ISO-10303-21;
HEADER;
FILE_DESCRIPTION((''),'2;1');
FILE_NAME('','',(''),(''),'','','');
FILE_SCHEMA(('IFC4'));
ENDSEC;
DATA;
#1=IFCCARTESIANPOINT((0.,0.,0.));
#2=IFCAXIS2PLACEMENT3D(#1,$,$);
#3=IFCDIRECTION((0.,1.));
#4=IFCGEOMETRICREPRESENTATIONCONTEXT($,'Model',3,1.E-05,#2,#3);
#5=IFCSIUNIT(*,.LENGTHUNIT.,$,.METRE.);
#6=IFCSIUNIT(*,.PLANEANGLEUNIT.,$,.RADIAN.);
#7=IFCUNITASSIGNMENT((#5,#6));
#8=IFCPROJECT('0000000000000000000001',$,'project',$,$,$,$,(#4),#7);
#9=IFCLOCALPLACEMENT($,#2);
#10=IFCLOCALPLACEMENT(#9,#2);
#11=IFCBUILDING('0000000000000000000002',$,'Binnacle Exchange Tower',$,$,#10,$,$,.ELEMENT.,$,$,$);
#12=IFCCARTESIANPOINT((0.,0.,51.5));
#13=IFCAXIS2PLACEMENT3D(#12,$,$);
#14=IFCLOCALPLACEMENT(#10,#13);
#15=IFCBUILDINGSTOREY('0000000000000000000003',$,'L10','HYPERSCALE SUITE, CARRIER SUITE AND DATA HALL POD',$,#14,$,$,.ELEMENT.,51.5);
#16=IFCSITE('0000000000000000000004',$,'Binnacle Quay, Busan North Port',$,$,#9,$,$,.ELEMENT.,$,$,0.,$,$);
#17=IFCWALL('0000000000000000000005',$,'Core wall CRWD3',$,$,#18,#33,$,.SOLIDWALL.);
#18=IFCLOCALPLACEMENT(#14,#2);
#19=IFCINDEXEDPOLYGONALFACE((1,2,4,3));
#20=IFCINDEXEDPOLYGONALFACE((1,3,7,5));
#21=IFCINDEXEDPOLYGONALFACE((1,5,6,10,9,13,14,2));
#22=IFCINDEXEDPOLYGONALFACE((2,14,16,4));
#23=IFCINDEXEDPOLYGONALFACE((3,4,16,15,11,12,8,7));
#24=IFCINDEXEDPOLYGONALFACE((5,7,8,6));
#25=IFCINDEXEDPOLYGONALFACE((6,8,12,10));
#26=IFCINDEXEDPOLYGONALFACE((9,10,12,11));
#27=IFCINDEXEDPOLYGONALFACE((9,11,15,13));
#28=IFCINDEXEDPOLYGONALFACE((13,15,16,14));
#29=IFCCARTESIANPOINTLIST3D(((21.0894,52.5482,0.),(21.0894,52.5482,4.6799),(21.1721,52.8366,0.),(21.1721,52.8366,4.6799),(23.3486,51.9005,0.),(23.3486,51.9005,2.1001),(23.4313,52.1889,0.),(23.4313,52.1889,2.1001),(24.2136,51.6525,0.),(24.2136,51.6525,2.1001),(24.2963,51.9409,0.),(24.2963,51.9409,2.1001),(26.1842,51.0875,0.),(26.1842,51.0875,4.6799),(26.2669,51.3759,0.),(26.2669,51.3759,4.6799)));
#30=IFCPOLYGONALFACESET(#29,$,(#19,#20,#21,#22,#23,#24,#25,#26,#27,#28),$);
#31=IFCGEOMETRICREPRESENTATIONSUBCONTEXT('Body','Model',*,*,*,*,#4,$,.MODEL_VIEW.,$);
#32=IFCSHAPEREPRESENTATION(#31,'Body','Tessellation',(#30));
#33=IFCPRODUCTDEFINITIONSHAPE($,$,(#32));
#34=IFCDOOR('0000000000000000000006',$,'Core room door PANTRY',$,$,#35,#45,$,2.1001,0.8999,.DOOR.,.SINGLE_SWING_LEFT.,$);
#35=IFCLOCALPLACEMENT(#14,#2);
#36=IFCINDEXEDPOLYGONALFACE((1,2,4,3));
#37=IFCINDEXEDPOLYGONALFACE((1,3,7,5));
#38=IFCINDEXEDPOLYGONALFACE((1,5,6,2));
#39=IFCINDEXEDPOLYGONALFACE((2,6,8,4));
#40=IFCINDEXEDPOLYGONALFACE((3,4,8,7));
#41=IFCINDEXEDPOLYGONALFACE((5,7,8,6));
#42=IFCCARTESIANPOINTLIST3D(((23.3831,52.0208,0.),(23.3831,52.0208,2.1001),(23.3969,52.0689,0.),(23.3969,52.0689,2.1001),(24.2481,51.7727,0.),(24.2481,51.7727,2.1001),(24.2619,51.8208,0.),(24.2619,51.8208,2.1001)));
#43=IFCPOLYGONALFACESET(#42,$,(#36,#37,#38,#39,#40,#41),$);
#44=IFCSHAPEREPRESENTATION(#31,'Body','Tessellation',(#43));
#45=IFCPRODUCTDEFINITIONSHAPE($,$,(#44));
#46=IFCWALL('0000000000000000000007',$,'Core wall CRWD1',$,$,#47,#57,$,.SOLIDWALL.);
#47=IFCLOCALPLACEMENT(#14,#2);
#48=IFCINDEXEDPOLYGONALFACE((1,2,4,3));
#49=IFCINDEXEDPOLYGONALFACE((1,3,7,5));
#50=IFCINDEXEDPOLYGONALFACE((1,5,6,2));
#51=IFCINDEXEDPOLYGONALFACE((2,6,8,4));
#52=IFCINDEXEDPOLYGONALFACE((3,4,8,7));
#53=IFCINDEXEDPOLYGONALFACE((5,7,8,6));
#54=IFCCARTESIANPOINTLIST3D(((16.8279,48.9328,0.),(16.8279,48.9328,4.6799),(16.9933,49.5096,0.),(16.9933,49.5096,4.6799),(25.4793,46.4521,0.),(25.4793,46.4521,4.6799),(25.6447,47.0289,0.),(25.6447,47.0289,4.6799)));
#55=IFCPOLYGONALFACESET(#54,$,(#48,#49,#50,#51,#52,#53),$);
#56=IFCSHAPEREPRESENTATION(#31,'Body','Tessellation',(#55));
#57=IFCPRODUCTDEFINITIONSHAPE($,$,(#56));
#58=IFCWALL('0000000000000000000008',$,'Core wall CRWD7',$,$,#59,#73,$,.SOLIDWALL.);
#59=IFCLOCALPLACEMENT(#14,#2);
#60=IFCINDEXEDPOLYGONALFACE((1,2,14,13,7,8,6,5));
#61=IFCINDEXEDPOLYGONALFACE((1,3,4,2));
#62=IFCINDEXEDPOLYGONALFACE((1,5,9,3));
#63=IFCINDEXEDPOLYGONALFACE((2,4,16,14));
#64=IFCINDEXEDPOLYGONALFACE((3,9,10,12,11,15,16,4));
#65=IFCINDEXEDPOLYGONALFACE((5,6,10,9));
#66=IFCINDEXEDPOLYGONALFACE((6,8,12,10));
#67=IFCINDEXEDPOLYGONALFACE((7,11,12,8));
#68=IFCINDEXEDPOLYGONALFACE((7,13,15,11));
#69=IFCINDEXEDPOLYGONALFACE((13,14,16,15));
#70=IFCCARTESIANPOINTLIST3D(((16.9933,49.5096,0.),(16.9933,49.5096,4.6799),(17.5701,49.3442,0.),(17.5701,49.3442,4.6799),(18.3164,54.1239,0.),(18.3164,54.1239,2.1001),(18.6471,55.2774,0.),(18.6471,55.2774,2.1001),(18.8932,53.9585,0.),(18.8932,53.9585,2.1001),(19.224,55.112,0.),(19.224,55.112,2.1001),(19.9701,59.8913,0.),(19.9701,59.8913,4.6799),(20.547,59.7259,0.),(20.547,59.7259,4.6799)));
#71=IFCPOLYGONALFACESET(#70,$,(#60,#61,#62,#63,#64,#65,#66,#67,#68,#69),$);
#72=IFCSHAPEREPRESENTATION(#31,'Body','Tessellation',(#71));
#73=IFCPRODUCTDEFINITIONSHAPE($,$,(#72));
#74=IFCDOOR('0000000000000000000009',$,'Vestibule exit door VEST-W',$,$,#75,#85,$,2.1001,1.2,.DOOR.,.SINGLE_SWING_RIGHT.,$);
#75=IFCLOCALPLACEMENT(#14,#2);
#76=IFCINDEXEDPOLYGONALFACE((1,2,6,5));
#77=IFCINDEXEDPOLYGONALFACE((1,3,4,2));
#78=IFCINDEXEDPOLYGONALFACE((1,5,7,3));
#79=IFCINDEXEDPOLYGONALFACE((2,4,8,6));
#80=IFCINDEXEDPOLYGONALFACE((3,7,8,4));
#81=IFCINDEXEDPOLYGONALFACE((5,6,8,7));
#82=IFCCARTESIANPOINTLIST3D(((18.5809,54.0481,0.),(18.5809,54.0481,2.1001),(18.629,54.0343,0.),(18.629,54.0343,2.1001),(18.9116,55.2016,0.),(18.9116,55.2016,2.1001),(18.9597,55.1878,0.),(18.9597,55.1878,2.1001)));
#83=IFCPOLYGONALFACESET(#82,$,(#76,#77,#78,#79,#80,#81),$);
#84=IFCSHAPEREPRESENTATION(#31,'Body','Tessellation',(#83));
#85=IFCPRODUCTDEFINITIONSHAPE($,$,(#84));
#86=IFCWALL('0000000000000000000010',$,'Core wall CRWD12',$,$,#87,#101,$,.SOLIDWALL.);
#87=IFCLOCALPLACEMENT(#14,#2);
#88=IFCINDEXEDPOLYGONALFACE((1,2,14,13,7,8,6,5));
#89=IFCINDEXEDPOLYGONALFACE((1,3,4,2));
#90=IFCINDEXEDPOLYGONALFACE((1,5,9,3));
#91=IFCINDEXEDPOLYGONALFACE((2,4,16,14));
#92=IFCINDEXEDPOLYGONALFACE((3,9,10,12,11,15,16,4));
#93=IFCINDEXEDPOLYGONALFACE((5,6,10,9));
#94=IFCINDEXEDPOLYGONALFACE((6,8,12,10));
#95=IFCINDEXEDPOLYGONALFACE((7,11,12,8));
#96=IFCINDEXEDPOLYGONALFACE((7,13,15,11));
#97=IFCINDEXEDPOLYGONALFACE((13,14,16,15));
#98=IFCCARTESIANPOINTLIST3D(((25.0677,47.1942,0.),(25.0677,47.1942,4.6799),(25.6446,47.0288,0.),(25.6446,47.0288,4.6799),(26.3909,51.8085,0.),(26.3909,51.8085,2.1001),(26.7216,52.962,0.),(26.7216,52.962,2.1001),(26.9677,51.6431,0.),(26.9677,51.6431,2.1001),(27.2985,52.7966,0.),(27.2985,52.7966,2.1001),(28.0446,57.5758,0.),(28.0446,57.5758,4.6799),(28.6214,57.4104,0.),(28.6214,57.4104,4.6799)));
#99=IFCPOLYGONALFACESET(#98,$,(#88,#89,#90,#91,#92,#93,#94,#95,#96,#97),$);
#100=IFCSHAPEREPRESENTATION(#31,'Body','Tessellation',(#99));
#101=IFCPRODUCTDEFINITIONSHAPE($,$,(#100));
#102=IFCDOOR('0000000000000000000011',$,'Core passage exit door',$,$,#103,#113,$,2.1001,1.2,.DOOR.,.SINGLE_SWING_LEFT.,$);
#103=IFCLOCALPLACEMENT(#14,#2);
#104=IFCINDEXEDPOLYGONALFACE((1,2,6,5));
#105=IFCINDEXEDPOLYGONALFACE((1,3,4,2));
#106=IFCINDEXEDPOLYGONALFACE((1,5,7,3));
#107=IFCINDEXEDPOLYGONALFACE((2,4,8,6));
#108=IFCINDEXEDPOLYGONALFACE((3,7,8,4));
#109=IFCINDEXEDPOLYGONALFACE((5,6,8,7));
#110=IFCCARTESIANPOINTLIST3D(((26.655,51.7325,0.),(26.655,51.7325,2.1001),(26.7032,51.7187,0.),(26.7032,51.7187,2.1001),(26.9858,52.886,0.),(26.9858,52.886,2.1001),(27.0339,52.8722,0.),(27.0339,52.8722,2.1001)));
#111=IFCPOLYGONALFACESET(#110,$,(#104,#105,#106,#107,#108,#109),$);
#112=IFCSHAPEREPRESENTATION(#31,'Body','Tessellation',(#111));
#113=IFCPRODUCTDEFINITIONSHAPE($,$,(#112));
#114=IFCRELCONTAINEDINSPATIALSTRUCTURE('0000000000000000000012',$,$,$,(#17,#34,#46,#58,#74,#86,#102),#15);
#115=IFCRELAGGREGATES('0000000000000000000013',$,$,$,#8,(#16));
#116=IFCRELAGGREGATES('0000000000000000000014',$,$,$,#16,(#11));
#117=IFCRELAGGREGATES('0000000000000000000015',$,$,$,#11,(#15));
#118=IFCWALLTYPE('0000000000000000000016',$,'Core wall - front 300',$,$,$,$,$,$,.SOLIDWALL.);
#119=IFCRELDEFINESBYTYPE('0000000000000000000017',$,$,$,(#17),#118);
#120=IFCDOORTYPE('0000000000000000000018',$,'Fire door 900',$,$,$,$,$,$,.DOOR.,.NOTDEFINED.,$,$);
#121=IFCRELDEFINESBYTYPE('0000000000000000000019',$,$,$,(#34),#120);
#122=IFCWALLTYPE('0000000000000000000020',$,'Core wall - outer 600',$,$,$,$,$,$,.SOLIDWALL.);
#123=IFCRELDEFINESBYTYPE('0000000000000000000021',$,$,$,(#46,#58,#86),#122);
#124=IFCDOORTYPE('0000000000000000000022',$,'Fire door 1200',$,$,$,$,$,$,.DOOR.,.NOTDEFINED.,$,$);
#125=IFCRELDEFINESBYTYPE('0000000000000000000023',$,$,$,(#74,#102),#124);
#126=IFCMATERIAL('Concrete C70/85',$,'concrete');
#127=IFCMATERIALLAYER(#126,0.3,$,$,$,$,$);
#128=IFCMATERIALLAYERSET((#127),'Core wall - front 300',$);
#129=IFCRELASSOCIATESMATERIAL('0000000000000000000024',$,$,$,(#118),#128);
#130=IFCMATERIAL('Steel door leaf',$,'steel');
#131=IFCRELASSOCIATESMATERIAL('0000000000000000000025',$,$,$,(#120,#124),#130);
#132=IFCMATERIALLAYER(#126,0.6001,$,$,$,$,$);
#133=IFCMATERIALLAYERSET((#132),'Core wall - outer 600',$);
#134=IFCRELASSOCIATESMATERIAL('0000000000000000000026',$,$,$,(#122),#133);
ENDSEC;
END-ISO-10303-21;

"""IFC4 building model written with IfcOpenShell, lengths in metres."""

from ifc_helpers import new_model, si_unit, direction, frame, frame_2d, origin, place, context, subcontext, project, spatial, rectangle, extrude, material, layer, layer_set, type_object, element, fill, save


model = new_model("IFC4")

# Units and contexts
model_context = context("Model", 3, precision=1e-05, world=origin(), true_north=direction((0.0, 1.0)))
body_context = subcontext(model_context, "Body", "Model", "MODEL_VIEW")
ifc_project = project(units=[si_unit("LENGTHUNIT", "METRE"), si_unit("PLANEANGLEUNIT", "RADIAN")], contexts=[model_context])

# Site, building, storey
site_placement = place(None, origin())
site = spatial("IfcSite", under=ifc_project, at=site_placement, Name="Binnacle Quay, Busan North Port", CompositionType="ELEMENT", RefElevation=0.0)
building_placement = place(site_placement, origin())
building = spatial("IfcBuilding", under=site, at=building_placement, Name="Binnacle Exchange Tower", CompositionType="ELEMENT")
storey_placement = place(building_placement, frame((0.0, 0.0, 51.5)))
storey = spatial("IfcBuildingStorey", under=building, at=storey_placement, Name="L10", Description="HYPERSCALE SUITE, CARRIER SUITE AND DATA HALL POD", CompositionType="ELEMENT", Elevation=51.5)

# Shared definitions
ifc_material_1 = material(Name="Concrete C70/85", Category="concrete")

# Wall, opening, door
ifc_layer_1 = layer(ifc_material_1, 0.3)
ifc_layer_set_1 = layer_set([ifc_layer_1], Name="Core wall - front 300")
wall_type_1 = type_object("IfcWallType", Name="Core wall - front 300", PredefinedType="SOLIDWALL", material=ifc_layer_set_1)
wall_1_placement = place(storey_placement, frame((21.1309, 52.6924, 0.0), z_axis=(0.0, 0.0, 1.0), x_axis=(0.961271, -0.275603, 0.0)))
wall_1 = element("IfcWall", 1, at=wall_1_placement, inside=storey, type_object=wall_type_1, Name="Core wall CRWD3", PredefinedType="SOLIDWALL", context=body_context, shape_type="SweptSolid", body=[
    extrude(rectangle(XDim=5.3, YDim=0.3, at=frame_2d((2.6499, 0.0))), origin(), (0.0, 0.0, 1.0), 4.6799),
])
opening_1_placement = place(wall_1_placement, frame((2.3501, 0.0, 0.0)))
opening_1 = element("IfcOpeningElement", 2, at=opening_1_placement, cuts=wall_1, PredefinedType="OPENING", context=body_context, shape_type="SweptSolid", body=[
    extrude(rectangle(XDim=0.8999, YDim=2.1001, at=frame_2d((0.45, 1.05))), frame((0.0, 0.1599, 0.0), z_axis=(0.0, -1.0, 0.0), x_axis=(1.0, 0.0, 0.0)), (0.0, 0.0, 1.0), 0.3201),
])
ifc_material_2 = material(Name="Steel door leaf", Category="steel")
door_type_1 = type_object("IfcDoorType", Name="Fire door 900", OperationType="NOTDEFINED", PredefinedType="DOOR", material=ifc_material_2)
door_1_placement = place(opening_1_placement, frame((0.8999, 0.0, 0.0), z_axis=(0.0, 0.0, 1.0), x_axis=(-1.0, 0.0, 0.0)))
door_1 = element("IfcDoor", 3, at=door_1_placement, inside=storey, type_object=door_type_1, Name="Core room door PANTRY", OperationType="SINGLE_SWING_LEFT", OverallHeight=2.1001, OverallWidth=0.8999, PredefinedType="DOOR", context=body_context, shape_type="SweptSolid", body=[
    extrude(rectangle(XDim=0.8999, YDim=2.1001, at=frame_2d((0.45, 1.05))), frame((0.0, 0.0249, 0.0), z_axis=(0.0, -1.0, 0.0), x_axis=(1.0, 0.0, 0.0)), (0.0, 0.0, 1.0), 0.05),
])
fill(opening_1, door_1)

# Wall
ifc_layer_2 = layer(ifc_material_1, 0.6001)
ifc_layer_set_2 = layer_set([ifc_layer_2], Name="Core wall - outer 600")
wall_type_2 = type_object("IfcWallType", Name="Core wall - outer 600", PredefinedType="SOLIDWALL", material=ifc_layer_set_2)
wall_2_placement = place(storey_placement, frame((16.9106, 49.2212, 0.0), z_axis=(0.0, 0.0, 1.0), x_axis=(0.961262, -0.275635, 0.0)))
element("IfcWall", 4, at=wall_2_placement, inside=storey, type_object=wall_type_2, Name="Core wall CRWD1", PredefinedType="SOLIDWALL", context=body_context, shape_type="SweptSolid", body=[
    extrude(rectangle(XDim=9.0, YDim=0.6001, at=frame_2d((4.5, 0.0))), origin(), (0.0, 0.0, 1.0), 4.6799),
])

# Walls, openings, doors
wall_3_placement = place(storey_placement, frame((17.2817, 49.427, 0.0), z_axis=(0.0, 0.0, 1.0), x_axis=(0.275632, 0.961263, 0.0)))
wall_3 = element("IfcWall", 5, at=wall_3_placement, inside=storey, type_object=wall_type_2, Name="Core wall CRWD7", PredefinedType="SOLIDWALL", context=body_context, shape_type="SweptSolid", body=[
    extrude(rectangle(XDim=10.8, YDim=0.6001, at=frame_2d((5.3999, 0.0))), origin(), (0.0, 0.0, 1.0), 4.6799),
])
opening_2_placement = place(wall_3_placement, frame((4.8, 0.0, 0.0)))
opening_2 = element("IfcOpeningElement", 6, at=opening_2_placement, cuts=wall_3, PredefinedType="OPENING", context=body_context, shape_type="SweptSolid", body=[
    extrude(rectangle(XDim=1.2, YDim=2.1001, at=frame_2d((0.6001, 1.05))), frame((0.0, 0.3101, 0.0), z_axis=(0.0, -1.0, 0.0), x_axis=(1.0, 0.0, 0.0)), (0.0, 0.0, 1.0), 0.6201),
])
door_type_2 = type_object("IfcDoorType", Name="Fire door 1200", OperationType="NOTDEFINED", PredefinedType="DOOR", material=ifc_material_2)
door_2_placement = place(opening_2_placement, origin())
door_2 = element("IfcDoor", 7, at=door_2_placement, inside=storey, type_object=door_type_2, Name="Vestibule exit door VEST-W", OperationType="SINGLE_SWING_RIGHT", OverallHeight=2.1001, OverallWidth=1.2, PredefinedType="DOOR", context=body_context, shape_type="SweptSolid", body=[
    extrude(rectangle(XDim=1.2, YDim=2.1001, at=frame_2d((0.6001, 1.05))), frame((0.0, 0.0249, 0.0), z_axis=(0.0, -1.0, 0.0), x_axis=(1.0, 0.0, 0.0)), (0.0, 0.0, 1.0), 0.05),
])
fill(opening_2, door_2)
wall_4_placement = place(storey_placement, frame((25.3562, 47.1116, 0.0), z_axis=(0.0, 0.0, 1.0), x_axis=(0.275632, 0.961263, 0.0)))
wall_4 = element("IfcWall", 8, at=wall_4_placement, inside=storey, type_object=wall_type_2, Name="Core wall CRWD12", PredefinedType="SOLIDWALL", context=body_context, shape_type="SweptSolid", body=[
    extrude(rectangle(XDim=10.8, YDim=0.6001, at=frame_2d((5.3999, 0.0))), origin(), (0.0, 0.0, 1.0), 4.6799),
])
opening_3_placement = place(wall_4_placement, frame((4.8, 0.0, 0.0)))
opening_3 = element("IfcOpeningElement", 9, at=opening_3_placement, cuts=wall_4, PredefinedType="OPENING", context=body_context, shape_type="SweptSolid", body=[
    extrude(rectangle(XDim=1.2, YDim=2.1001, at=frame_2d((0.6001, 1.05))), frame((0.0, 0.3101, 0.0), z_axis=(0.0, -1.0, 0.0), x_axis=(1.0, 0.0, 0.0)), (0.0, 0.0, 1.0), 0.6201),
])
door_3_placement = place(opening_3_placement, frame((1.2, 0.0, 0.0), z_axis=(0.0, 0.0, 1.0), x_axis=(-1.0, 0.0, 0.0)))
door_3 = element("IfcDoor", 10, at=door_3_placement, inside=storey, type_object=door_type_2, Name="Core passage exit door", OperationType="SINGLE_SWING_LEFT", OverallHeight=2.1001, OverallWidth=1.2, PredefinedType="DOOR", context=body_context, shape_type="SweptSolid", body=[
    extrude(rectangle(XDim=1.2, YDim=2.1001, at=frame_2d((0.6001, 1.05))), frame((0.0, 0.0249, 0.0), z_axis=(0.0, -1.0, 0.0), x_axis=(1.0, 0.0, 0.0)), (0.0, 0.0, 1.0), 0.05),
])
fill(opening_3, door_3)

save(model, "model.ifc")
